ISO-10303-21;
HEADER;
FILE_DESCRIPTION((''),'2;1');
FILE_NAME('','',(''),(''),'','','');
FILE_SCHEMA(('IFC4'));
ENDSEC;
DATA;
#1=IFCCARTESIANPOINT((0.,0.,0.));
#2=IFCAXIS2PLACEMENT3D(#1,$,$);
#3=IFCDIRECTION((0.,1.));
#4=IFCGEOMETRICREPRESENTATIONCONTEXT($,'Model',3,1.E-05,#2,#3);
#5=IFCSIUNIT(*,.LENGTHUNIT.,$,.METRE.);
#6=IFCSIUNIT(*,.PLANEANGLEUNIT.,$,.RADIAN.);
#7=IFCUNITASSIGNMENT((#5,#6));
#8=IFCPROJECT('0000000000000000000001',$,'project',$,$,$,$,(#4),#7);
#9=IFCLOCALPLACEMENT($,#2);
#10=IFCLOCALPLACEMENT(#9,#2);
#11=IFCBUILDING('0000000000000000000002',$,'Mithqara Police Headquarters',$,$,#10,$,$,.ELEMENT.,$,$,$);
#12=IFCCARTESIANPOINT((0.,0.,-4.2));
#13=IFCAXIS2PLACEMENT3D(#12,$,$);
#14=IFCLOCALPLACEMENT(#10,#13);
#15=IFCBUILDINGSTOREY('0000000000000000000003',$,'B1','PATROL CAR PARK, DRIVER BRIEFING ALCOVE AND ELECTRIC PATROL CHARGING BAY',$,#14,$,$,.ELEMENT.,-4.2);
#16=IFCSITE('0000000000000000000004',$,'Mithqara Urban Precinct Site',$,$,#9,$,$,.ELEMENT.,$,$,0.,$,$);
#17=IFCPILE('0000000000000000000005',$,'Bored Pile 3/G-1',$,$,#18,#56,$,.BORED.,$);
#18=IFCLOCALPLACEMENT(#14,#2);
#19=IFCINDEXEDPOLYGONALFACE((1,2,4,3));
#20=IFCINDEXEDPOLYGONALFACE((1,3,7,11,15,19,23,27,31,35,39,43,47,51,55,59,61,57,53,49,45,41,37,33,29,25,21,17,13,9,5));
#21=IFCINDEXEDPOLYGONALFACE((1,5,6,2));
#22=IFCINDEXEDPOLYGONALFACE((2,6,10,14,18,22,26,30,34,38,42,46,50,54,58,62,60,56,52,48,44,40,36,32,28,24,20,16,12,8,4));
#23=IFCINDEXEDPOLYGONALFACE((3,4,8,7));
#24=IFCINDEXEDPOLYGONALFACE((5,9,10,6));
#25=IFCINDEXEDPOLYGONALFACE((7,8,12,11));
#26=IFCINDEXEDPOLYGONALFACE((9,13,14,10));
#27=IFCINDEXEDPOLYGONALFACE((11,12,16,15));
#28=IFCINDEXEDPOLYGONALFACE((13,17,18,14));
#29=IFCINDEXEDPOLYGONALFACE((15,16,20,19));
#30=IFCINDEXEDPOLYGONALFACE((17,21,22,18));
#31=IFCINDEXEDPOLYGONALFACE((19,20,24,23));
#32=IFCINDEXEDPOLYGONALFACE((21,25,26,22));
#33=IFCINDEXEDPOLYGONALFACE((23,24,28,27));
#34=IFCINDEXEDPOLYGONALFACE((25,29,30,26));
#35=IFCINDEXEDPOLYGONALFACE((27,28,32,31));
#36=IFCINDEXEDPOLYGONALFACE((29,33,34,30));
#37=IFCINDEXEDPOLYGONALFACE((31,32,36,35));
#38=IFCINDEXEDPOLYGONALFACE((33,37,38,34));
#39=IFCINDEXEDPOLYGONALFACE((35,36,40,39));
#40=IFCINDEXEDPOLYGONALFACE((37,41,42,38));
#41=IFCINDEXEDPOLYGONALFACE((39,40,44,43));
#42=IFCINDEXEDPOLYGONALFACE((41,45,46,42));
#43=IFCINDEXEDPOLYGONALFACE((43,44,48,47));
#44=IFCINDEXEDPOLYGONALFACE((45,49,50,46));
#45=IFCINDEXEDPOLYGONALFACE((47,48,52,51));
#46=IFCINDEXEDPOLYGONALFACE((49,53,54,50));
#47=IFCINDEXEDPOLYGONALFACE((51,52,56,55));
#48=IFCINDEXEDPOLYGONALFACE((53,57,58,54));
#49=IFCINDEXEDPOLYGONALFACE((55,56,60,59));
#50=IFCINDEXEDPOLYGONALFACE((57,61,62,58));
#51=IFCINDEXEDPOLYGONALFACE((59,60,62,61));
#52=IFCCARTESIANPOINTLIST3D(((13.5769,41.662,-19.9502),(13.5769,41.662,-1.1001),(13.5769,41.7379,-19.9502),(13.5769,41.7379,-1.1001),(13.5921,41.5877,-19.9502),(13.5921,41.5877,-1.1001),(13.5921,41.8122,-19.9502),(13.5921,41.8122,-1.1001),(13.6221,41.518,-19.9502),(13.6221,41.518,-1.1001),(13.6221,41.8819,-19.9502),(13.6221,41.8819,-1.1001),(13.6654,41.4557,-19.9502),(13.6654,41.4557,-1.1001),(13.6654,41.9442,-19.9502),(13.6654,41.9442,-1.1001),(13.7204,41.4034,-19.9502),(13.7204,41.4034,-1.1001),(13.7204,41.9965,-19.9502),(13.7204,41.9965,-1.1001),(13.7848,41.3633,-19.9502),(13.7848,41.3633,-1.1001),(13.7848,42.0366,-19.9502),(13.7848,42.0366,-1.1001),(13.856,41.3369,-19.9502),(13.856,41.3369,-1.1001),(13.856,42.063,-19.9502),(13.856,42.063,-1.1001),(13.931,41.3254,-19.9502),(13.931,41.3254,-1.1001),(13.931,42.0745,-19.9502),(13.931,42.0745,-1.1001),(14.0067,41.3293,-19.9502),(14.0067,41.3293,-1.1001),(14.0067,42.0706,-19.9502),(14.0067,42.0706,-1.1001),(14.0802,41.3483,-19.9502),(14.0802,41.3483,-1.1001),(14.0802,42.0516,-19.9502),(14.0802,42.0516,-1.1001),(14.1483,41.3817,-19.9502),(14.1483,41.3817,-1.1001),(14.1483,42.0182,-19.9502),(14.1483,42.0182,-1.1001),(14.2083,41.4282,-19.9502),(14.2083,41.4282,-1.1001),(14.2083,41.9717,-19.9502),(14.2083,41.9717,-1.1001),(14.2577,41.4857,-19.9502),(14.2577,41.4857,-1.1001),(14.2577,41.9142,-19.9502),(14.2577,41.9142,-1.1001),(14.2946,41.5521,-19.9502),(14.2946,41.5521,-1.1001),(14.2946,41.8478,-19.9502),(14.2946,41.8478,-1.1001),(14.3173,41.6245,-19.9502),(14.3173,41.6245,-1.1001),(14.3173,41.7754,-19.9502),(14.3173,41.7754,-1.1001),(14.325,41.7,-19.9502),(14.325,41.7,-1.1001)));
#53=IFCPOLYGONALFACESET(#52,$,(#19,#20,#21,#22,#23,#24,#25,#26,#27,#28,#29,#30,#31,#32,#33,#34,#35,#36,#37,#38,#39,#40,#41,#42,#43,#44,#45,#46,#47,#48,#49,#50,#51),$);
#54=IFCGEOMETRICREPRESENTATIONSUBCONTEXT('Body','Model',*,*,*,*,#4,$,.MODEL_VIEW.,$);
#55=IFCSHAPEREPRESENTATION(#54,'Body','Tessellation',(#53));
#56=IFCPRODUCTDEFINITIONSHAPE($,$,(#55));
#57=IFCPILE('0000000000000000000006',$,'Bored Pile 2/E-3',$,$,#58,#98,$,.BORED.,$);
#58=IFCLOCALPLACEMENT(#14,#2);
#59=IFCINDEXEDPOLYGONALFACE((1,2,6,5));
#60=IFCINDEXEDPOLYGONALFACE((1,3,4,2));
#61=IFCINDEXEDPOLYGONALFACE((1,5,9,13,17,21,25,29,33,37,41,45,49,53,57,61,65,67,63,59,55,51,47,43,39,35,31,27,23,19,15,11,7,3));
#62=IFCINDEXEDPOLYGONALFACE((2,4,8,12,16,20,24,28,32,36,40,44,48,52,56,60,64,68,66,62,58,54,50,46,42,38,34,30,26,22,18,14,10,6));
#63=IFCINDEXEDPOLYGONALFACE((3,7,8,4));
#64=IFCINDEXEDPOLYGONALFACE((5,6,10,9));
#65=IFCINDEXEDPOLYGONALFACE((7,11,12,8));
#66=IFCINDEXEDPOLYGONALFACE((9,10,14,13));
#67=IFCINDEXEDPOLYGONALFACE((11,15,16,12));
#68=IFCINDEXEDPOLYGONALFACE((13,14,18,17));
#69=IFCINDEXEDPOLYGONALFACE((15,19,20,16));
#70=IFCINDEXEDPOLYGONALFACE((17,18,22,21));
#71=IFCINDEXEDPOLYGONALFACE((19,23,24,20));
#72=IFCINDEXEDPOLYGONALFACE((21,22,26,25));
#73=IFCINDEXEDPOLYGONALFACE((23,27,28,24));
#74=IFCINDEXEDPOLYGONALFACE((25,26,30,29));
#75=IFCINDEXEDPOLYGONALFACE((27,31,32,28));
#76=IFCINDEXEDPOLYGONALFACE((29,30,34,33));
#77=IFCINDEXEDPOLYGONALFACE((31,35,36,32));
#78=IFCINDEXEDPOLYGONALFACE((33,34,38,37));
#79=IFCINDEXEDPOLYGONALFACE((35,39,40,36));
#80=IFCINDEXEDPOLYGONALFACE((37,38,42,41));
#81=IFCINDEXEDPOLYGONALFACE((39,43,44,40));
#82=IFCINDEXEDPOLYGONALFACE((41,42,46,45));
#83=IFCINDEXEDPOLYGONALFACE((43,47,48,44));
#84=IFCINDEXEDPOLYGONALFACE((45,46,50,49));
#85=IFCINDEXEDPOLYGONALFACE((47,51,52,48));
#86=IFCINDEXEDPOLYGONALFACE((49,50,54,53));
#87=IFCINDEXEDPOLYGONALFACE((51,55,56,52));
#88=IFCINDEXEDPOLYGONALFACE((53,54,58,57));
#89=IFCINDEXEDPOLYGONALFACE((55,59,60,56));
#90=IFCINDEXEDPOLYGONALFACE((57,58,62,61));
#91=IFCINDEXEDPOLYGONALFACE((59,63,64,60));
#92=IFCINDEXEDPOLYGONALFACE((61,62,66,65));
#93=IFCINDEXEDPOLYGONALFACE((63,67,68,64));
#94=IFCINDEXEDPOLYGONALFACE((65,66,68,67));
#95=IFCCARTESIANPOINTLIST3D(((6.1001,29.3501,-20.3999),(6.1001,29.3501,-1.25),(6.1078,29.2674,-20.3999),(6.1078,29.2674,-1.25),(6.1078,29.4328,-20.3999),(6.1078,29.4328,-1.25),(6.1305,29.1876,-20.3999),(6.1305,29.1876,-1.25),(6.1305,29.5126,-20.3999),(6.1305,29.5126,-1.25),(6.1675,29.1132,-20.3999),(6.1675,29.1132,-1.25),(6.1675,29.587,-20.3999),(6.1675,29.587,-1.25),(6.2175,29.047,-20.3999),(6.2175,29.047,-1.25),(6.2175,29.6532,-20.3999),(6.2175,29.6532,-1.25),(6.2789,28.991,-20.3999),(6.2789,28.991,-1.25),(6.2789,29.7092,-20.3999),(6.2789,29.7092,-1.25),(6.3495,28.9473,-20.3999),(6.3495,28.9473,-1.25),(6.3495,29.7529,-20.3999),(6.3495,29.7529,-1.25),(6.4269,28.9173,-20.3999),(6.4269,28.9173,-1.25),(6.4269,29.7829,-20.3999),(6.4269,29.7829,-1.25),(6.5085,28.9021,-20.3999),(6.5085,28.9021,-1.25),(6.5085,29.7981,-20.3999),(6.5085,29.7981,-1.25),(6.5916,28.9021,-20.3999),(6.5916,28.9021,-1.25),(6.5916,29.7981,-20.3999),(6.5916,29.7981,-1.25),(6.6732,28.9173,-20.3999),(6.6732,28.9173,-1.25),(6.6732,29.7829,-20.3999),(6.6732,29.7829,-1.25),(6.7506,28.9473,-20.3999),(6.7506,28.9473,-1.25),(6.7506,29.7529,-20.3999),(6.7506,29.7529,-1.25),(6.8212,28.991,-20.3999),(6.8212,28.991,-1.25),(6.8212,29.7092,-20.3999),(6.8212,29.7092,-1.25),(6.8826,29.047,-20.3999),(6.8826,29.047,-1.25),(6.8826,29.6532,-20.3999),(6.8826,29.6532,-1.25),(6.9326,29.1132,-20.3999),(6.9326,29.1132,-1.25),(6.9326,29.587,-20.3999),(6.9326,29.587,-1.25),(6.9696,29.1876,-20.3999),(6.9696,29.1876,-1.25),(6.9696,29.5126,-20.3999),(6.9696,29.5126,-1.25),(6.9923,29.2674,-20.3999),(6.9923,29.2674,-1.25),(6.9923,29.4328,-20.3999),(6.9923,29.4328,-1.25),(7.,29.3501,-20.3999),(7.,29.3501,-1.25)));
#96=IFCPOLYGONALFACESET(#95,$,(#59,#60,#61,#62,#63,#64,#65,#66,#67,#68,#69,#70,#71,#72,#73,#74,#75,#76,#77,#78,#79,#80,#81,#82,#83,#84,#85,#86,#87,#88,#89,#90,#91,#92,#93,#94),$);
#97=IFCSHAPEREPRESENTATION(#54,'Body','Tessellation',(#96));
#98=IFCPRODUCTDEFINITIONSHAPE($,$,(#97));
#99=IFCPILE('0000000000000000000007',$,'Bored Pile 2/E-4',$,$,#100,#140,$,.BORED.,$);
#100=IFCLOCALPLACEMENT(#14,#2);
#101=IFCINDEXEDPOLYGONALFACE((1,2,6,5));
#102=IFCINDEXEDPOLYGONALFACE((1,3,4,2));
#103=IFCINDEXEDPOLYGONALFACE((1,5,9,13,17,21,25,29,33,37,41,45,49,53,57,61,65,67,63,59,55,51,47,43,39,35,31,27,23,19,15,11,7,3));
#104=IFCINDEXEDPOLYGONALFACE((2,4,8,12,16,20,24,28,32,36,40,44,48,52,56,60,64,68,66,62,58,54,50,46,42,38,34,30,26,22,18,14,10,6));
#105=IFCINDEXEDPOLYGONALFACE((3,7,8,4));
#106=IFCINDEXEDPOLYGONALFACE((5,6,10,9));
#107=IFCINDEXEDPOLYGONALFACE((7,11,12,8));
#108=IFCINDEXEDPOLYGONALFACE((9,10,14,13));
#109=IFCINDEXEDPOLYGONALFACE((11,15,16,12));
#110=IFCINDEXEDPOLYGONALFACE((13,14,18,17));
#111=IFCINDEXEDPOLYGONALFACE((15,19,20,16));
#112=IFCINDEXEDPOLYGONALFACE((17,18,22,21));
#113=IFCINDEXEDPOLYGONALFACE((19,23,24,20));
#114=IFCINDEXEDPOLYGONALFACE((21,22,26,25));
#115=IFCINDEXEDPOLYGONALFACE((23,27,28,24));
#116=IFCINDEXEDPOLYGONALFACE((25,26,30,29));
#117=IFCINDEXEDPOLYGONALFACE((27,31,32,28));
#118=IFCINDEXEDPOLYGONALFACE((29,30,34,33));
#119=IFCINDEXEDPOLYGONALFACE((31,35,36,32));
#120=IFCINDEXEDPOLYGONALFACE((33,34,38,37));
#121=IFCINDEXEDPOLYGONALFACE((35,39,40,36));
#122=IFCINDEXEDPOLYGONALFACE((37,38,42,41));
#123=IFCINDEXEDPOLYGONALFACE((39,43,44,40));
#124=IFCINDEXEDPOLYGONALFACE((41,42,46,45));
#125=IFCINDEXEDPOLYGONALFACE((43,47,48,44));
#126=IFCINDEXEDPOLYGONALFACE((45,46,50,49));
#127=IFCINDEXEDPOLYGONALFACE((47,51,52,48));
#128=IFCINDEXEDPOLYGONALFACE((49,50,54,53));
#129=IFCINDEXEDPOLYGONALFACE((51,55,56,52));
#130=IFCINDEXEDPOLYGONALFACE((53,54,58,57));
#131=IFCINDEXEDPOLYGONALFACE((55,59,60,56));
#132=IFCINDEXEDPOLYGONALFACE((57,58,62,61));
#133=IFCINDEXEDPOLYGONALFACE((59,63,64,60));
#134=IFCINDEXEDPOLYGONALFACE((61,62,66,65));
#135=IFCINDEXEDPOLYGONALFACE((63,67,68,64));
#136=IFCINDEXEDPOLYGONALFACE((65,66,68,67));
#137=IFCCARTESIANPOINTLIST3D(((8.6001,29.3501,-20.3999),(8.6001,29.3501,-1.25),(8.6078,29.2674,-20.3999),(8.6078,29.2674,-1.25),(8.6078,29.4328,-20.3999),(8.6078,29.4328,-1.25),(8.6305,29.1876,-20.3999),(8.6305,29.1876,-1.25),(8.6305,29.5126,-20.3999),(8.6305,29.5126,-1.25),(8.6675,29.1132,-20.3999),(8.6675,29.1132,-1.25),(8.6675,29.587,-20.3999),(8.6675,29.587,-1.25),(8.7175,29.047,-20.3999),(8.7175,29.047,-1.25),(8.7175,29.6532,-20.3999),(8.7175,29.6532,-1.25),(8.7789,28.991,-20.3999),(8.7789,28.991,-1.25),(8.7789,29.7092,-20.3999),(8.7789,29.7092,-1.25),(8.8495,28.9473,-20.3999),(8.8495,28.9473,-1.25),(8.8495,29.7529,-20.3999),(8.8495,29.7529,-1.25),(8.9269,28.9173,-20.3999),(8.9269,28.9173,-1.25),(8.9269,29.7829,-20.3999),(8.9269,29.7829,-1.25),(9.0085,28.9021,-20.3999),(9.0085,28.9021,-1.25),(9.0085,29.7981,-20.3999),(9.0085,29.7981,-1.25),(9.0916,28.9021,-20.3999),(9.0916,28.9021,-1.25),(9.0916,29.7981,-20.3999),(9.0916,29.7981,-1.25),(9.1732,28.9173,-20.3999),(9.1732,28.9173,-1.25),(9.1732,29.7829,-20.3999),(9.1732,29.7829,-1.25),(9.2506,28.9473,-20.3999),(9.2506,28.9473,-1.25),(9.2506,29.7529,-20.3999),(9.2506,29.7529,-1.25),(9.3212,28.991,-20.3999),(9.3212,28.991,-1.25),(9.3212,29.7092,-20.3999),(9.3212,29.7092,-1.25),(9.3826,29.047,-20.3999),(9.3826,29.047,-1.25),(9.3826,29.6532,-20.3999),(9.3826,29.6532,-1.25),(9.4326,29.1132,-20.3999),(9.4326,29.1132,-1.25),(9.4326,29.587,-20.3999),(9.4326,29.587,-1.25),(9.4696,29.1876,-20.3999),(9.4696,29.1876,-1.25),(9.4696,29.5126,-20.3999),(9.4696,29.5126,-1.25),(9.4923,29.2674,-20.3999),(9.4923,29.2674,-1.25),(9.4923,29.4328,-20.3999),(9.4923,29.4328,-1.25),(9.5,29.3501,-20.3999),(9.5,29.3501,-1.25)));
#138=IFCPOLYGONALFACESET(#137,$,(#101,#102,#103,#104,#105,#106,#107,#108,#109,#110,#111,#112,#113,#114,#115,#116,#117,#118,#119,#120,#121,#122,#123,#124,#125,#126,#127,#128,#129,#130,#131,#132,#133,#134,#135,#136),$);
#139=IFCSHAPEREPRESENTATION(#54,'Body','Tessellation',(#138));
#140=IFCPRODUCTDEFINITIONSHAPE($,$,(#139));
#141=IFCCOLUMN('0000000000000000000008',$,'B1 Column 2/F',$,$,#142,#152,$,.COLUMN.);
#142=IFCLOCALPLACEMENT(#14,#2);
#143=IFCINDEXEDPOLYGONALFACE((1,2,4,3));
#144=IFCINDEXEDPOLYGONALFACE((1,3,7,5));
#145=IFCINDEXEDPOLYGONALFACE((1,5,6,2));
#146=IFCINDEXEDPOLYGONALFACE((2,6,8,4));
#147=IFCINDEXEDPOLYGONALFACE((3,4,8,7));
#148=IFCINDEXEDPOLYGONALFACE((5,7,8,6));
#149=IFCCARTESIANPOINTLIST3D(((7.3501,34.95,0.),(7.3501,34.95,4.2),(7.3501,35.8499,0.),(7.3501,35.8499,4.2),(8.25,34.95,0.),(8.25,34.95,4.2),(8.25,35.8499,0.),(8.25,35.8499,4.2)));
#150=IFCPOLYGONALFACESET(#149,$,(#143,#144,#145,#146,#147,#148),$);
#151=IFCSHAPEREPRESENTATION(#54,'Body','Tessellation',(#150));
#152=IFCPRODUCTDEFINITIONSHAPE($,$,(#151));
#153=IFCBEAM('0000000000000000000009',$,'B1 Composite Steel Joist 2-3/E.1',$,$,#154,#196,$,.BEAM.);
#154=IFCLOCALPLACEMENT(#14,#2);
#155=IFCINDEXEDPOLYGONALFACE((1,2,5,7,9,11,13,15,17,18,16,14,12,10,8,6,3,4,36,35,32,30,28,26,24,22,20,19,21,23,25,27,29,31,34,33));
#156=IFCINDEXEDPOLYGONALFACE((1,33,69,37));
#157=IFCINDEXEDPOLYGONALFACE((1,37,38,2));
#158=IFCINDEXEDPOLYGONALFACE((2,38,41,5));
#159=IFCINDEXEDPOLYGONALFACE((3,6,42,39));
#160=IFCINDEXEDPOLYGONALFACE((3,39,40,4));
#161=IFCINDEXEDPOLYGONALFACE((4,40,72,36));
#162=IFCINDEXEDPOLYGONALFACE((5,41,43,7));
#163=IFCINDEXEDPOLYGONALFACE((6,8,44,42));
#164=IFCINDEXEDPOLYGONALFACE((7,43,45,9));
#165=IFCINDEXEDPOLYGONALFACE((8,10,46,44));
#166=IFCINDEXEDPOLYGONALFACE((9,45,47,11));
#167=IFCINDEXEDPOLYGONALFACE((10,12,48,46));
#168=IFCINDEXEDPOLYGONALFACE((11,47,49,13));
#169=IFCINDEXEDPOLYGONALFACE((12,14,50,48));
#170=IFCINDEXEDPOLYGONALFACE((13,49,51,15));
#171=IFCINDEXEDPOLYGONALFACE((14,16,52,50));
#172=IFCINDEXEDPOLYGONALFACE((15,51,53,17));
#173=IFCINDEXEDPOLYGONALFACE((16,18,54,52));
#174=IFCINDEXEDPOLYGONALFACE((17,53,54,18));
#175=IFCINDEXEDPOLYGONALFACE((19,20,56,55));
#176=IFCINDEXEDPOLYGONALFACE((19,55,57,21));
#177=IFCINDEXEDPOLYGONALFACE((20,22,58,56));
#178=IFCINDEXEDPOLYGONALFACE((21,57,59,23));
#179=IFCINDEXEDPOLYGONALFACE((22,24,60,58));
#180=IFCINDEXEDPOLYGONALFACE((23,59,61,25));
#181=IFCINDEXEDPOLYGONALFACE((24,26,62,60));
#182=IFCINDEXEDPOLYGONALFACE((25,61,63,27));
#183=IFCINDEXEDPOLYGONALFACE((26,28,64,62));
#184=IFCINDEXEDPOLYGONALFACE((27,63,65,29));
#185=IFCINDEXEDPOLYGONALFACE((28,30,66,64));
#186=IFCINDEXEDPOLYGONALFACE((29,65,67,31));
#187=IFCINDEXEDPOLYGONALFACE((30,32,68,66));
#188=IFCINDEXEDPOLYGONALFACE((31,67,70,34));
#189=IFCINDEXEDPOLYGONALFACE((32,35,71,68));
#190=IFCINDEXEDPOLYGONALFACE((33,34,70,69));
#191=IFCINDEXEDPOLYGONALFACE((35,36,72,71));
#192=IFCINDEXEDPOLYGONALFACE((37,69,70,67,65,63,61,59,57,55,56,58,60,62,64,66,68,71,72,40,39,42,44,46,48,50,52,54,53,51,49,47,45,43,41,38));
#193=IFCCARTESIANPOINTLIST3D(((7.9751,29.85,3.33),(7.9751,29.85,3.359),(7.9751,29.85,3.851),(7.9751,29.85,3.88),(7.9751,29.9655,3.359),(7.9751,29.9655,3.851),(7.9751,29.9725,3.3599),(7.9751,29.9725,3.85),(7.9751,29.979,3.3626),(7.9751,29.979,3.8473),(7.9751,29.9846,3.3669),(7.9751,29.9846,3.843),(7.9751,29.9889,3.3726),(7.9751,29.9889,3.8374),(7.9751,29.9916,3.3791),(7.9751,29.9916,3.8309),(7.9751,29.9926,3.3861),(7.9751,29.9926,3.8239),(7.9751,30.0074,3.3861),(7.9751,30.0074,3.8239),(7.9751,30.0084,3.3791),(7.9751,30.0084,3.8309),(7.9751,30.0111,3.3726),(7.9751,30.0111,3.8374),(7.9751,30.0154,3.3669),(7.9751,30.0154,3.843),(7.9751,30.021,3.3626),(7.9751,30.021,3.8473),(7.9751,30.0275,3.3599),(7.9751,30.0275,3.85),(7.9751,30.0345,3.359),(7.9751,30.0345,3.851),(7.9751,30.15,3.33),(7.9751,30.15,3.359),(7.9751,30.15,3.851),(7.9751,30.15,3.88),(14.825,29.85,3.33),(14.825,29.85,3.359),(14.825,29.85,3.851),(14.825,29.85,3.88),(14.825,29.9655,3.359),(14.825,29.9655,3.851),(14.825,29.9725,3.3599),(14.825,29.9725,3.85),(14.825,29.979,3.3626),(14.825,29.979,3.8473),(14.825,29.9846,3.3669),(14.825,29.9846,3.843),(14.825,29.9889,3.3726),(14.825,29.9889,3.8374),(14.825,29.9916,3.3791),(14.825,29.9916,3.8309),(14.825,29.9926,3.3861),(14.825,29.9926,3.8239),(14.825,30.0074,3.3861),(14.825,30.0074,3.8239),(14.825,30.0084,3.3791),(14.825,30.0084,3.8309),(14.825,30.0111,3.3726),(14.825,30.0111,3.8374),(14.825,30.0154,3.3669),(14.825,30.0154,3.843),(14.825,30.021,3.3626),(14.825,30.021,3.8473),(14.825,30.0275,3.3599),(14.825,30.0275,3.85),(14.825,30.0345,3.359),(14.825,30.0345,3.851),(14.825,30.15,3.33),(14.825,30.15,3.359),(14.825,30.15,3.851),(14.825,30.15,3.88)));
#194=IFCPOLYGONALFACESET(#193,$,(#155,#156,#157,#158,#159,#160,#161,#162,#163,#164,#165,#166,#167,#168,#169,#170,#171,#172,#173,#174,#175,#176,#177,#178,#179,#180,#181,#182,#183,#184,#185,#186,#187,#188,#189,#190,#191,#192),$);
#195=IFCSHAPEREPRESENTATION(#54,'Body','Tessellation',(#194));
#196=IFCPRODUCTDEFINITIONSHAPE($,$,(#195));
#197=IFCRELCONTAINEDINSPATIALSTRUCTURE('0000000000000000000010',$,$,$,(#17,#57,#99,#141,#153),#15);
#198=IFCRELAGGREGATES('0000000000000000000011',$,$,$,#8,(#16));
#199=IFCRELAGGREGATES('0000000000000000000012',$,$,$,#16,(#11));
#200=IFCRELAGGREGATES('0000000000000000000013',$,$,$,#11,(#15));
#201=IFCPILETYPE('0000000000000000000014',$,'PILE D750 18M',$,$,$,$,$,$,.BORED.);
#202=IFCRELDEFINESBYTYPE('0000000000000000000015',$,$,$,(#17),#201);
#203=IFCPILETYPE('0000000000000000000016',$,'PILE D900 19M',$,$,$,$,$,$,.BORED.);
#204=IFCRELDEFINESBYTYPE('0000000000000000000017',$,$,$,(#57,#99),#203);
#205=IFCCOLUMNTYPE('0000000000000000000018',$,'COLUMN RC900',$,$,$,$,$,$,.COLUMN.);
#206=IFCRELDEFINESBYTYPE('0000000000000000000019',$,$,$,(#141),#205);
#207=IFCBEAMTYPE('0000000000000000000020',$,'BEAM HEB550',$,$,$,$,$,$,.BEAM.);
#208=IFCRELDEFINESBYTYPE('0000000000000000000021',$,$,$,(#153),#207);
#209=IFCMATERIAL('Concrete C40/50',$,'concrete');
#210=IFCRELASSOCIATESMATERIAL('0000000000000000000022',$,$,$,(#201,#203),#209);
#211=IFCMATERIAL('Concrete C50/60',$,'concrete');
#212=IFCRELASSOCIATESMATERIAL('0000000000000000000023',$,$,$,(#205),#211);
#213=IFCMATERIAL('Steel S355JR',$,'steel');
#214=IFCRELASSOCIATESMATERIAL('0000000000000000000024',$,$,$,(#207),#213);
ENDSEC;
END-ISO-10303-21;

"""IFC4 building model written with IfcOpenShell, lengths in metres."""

from ifc_helpers import new_model, si_unit, direction, frame, origin, origin_2d, place, context, subcontext, project, spatial, rectangle, circle, i_section, extrude, material, material_profile, profile_set, type_object, element, save


model = new_model("IFC4")

# Units and contexts
model_context = context("Model", 3, precision=1e-05, world=origin(), true_north=direction((0.0, 1.0)))
body_context = subcontext(model_context, "Body", "Model", "MODEL_VIEW")
ifc_project = project(units=[si_unit("LENGTHUNIT", "METRE"), si_unit("PLANEANGLEUNIT", "RADIAN")], contexts=[model_context])

# Site, building, storey
site_placement = place(None, origin())
site = spatial("IfcSite", under=ifc_project, at=site_placement, Name="Mithqara Urban Precinct Site", CompositionType="ELEMENT", RefElevation=0.0)
building_placement = place(site_placement, origin())
building = spatial("IfcBuilding", under=site, at=building_placement, Name="Mithqara Police Headquarters", CompositionType="ELEMENT")
storey_placement = place(building_placement, frame((0.0, 0.0, -4.2)))
storey = spatial("IfcBuildingStorey", under=building, at=storey_placement, Name="B1", Description="PATROL CAR PARK, DRIVER BRIEFING ALCOVE AND ELECTRIC PATROL CHARGING BAY", CompositionType="ELEMENT", Elevation=-4.2)

# Shared definitions
ifc_material_1 = material(Name="Concrete C40/50", Category="concrete")

# Piles
ifc_material_profile_1 = material_profile(ifc_material_1, circle(Radius=0.375, at=origin_2d()), Name="PILE D750")
ifc_profile_set_1 = profile_set([ifc_material_profile_1], Name="Concrete C40/50")
pile_type_1 = type_object("IfcPileType", Name="PILE D750 18M", PredefinedType="BORED", material=ifc_profile_set_1)
for number, where, z_axis, x_axis, name in (
    (1, (13.95, 41.7, -1.1001), (0.0, 0.0, -1.0), (1.0, 0.0, 0.0), "Bored Pile 3/G-1"),
):
    element("IfcPile", number, at=place(storey_placement, frame(where, z_axis=z_axis, x_axis=x_axis)), inside=storey, type_object=pile_type_1, Name=name, PredefinedType="BORED", context=body_context, shape_type="SweptSolid", body=[
        extrude(circle(Radius=0.375, at=origin_2d()), origin(), (0.0, 0.0, 1.0), 18.8501),
    ])
ifc_material_profile_2 = material_profile(ifc_material_1, circle(Radius=0.45, at=origin_2d()), Name="PILE D900")
ifc_profile_set_2 = profile_set([ifc_material_profile_2], Name="Concrete C40/50")
pile_type_2 = type_object("IfcPileType", Name="PILE D900 19M", PredefinedType="BORED", material=ifc_profile_set_2)
for number, where, z_axis, x_axis, name in (
    (2, (6.55, 29.3501, -1.25), (0.0, 0.0, -1.0), (1.0, 0.0, 0.0), "Bored Pile 2/E-3"),
    (3, (9.05, 29.3501, -1.25), (0.0, 0.0, -1.0), (1.0, 0.0, 0.0), "Bored Pile 2/E-4"),
):
    element("IfcPile", number, at=place(storey_placement, frame(where, z_axis=z_axis, x_axis=x_axis)), inside=storey, type_object=pile_type_2, Name=name, PredefinedType="BORED", context=body_context, shape_type="SweptSolid", body=[
        extrude(circle(Radius=0.45, at=origin_2d()), origin(), (0.0, 0.0, 1.0), 19.1499),
    ])

# Column
ifc_material_2 = material(Name="Concrete C50/60", Category="concrete")
ifc_material_profile_3 = material_profile(ifc_material_2, rectangle(XDim=0.8999, YDim=0.8999, at=origin_2d()), Name="RC 900x900")
ifc_profile_set_3 = profile_set([ifc_material_profile_3], Name="Concrete C50/60")
column_type = type_object("IfcColumnType", Name="COLUMN RC900", PredefinedType="COLUMN", material=ifc_profile_set_3)
column_placement = place(storey_placement, frame((7.8, 35.3999, 0.0), z_axis=(0.0, 0.0, 1.0), x_axis=(1.0, 0.0, 0.0)))
element("IfcColumn", 4, at=column_placement, inside=storey, type_object=column_type, Name="B1 Column 2/F", PredefinedType="COLUMN", context=body_context, shape_type="SweptSolid", body=[
    extrude(rectangle(XDim=0.8999, YDim=0.8999, at=origin_2d()), origin(), (0.0, 0.0, 1.0), 4.2),
])

# Beam
ifc_material_3 = material(Name="Steel S355JR", Category="steel")
ifc_material_profile_4 = material_profile(ifc_material_3, i_section(OverallWidth=0.3, OverallDepth=0.55, WebThickness=0.0149, FlangeThickness=0.0291, FilletRadius=0.0271, at=origin_2d()), Name="HEB 550")
ifc_profile_set_4 = profile_set([ifc_material_profile_4], Name="Steel S355JR")
beam_type_1 = type_object("IfcBeamType", Name="BEAM HEB550", PredefinedType="BEAM", material=ifc_profile_set_4)
for number, where, z_axis, x_axis, name in (
    (5, (7.9751, 30.0, 3.605), (1.0, 0.0, 0.0), (0.0, 1.0, 0.0), "B1 Composite Steel Joist 2-3/E.1"),
):
    element("IfcBeam", number, at=place(storey_placement, frame(where, z_axis=z_axis, x_axis=x_axis)), inside=storey, type_object=beam_type_1, Name=name, PredefinedType="BEAM", context=body_context, shape_type="SweptSolid", body=[
        extrude(i_section(OverallWidth=0.3, OverallDepth=0.55, WebThickness=0.0149, FlangeThickness=0.0291, FilletRadius=0.0271, at=origin_2d()), origin(), (0.0, 0.0, 1.0), 6.8499),
    ])

save(model, "model.ifc")
